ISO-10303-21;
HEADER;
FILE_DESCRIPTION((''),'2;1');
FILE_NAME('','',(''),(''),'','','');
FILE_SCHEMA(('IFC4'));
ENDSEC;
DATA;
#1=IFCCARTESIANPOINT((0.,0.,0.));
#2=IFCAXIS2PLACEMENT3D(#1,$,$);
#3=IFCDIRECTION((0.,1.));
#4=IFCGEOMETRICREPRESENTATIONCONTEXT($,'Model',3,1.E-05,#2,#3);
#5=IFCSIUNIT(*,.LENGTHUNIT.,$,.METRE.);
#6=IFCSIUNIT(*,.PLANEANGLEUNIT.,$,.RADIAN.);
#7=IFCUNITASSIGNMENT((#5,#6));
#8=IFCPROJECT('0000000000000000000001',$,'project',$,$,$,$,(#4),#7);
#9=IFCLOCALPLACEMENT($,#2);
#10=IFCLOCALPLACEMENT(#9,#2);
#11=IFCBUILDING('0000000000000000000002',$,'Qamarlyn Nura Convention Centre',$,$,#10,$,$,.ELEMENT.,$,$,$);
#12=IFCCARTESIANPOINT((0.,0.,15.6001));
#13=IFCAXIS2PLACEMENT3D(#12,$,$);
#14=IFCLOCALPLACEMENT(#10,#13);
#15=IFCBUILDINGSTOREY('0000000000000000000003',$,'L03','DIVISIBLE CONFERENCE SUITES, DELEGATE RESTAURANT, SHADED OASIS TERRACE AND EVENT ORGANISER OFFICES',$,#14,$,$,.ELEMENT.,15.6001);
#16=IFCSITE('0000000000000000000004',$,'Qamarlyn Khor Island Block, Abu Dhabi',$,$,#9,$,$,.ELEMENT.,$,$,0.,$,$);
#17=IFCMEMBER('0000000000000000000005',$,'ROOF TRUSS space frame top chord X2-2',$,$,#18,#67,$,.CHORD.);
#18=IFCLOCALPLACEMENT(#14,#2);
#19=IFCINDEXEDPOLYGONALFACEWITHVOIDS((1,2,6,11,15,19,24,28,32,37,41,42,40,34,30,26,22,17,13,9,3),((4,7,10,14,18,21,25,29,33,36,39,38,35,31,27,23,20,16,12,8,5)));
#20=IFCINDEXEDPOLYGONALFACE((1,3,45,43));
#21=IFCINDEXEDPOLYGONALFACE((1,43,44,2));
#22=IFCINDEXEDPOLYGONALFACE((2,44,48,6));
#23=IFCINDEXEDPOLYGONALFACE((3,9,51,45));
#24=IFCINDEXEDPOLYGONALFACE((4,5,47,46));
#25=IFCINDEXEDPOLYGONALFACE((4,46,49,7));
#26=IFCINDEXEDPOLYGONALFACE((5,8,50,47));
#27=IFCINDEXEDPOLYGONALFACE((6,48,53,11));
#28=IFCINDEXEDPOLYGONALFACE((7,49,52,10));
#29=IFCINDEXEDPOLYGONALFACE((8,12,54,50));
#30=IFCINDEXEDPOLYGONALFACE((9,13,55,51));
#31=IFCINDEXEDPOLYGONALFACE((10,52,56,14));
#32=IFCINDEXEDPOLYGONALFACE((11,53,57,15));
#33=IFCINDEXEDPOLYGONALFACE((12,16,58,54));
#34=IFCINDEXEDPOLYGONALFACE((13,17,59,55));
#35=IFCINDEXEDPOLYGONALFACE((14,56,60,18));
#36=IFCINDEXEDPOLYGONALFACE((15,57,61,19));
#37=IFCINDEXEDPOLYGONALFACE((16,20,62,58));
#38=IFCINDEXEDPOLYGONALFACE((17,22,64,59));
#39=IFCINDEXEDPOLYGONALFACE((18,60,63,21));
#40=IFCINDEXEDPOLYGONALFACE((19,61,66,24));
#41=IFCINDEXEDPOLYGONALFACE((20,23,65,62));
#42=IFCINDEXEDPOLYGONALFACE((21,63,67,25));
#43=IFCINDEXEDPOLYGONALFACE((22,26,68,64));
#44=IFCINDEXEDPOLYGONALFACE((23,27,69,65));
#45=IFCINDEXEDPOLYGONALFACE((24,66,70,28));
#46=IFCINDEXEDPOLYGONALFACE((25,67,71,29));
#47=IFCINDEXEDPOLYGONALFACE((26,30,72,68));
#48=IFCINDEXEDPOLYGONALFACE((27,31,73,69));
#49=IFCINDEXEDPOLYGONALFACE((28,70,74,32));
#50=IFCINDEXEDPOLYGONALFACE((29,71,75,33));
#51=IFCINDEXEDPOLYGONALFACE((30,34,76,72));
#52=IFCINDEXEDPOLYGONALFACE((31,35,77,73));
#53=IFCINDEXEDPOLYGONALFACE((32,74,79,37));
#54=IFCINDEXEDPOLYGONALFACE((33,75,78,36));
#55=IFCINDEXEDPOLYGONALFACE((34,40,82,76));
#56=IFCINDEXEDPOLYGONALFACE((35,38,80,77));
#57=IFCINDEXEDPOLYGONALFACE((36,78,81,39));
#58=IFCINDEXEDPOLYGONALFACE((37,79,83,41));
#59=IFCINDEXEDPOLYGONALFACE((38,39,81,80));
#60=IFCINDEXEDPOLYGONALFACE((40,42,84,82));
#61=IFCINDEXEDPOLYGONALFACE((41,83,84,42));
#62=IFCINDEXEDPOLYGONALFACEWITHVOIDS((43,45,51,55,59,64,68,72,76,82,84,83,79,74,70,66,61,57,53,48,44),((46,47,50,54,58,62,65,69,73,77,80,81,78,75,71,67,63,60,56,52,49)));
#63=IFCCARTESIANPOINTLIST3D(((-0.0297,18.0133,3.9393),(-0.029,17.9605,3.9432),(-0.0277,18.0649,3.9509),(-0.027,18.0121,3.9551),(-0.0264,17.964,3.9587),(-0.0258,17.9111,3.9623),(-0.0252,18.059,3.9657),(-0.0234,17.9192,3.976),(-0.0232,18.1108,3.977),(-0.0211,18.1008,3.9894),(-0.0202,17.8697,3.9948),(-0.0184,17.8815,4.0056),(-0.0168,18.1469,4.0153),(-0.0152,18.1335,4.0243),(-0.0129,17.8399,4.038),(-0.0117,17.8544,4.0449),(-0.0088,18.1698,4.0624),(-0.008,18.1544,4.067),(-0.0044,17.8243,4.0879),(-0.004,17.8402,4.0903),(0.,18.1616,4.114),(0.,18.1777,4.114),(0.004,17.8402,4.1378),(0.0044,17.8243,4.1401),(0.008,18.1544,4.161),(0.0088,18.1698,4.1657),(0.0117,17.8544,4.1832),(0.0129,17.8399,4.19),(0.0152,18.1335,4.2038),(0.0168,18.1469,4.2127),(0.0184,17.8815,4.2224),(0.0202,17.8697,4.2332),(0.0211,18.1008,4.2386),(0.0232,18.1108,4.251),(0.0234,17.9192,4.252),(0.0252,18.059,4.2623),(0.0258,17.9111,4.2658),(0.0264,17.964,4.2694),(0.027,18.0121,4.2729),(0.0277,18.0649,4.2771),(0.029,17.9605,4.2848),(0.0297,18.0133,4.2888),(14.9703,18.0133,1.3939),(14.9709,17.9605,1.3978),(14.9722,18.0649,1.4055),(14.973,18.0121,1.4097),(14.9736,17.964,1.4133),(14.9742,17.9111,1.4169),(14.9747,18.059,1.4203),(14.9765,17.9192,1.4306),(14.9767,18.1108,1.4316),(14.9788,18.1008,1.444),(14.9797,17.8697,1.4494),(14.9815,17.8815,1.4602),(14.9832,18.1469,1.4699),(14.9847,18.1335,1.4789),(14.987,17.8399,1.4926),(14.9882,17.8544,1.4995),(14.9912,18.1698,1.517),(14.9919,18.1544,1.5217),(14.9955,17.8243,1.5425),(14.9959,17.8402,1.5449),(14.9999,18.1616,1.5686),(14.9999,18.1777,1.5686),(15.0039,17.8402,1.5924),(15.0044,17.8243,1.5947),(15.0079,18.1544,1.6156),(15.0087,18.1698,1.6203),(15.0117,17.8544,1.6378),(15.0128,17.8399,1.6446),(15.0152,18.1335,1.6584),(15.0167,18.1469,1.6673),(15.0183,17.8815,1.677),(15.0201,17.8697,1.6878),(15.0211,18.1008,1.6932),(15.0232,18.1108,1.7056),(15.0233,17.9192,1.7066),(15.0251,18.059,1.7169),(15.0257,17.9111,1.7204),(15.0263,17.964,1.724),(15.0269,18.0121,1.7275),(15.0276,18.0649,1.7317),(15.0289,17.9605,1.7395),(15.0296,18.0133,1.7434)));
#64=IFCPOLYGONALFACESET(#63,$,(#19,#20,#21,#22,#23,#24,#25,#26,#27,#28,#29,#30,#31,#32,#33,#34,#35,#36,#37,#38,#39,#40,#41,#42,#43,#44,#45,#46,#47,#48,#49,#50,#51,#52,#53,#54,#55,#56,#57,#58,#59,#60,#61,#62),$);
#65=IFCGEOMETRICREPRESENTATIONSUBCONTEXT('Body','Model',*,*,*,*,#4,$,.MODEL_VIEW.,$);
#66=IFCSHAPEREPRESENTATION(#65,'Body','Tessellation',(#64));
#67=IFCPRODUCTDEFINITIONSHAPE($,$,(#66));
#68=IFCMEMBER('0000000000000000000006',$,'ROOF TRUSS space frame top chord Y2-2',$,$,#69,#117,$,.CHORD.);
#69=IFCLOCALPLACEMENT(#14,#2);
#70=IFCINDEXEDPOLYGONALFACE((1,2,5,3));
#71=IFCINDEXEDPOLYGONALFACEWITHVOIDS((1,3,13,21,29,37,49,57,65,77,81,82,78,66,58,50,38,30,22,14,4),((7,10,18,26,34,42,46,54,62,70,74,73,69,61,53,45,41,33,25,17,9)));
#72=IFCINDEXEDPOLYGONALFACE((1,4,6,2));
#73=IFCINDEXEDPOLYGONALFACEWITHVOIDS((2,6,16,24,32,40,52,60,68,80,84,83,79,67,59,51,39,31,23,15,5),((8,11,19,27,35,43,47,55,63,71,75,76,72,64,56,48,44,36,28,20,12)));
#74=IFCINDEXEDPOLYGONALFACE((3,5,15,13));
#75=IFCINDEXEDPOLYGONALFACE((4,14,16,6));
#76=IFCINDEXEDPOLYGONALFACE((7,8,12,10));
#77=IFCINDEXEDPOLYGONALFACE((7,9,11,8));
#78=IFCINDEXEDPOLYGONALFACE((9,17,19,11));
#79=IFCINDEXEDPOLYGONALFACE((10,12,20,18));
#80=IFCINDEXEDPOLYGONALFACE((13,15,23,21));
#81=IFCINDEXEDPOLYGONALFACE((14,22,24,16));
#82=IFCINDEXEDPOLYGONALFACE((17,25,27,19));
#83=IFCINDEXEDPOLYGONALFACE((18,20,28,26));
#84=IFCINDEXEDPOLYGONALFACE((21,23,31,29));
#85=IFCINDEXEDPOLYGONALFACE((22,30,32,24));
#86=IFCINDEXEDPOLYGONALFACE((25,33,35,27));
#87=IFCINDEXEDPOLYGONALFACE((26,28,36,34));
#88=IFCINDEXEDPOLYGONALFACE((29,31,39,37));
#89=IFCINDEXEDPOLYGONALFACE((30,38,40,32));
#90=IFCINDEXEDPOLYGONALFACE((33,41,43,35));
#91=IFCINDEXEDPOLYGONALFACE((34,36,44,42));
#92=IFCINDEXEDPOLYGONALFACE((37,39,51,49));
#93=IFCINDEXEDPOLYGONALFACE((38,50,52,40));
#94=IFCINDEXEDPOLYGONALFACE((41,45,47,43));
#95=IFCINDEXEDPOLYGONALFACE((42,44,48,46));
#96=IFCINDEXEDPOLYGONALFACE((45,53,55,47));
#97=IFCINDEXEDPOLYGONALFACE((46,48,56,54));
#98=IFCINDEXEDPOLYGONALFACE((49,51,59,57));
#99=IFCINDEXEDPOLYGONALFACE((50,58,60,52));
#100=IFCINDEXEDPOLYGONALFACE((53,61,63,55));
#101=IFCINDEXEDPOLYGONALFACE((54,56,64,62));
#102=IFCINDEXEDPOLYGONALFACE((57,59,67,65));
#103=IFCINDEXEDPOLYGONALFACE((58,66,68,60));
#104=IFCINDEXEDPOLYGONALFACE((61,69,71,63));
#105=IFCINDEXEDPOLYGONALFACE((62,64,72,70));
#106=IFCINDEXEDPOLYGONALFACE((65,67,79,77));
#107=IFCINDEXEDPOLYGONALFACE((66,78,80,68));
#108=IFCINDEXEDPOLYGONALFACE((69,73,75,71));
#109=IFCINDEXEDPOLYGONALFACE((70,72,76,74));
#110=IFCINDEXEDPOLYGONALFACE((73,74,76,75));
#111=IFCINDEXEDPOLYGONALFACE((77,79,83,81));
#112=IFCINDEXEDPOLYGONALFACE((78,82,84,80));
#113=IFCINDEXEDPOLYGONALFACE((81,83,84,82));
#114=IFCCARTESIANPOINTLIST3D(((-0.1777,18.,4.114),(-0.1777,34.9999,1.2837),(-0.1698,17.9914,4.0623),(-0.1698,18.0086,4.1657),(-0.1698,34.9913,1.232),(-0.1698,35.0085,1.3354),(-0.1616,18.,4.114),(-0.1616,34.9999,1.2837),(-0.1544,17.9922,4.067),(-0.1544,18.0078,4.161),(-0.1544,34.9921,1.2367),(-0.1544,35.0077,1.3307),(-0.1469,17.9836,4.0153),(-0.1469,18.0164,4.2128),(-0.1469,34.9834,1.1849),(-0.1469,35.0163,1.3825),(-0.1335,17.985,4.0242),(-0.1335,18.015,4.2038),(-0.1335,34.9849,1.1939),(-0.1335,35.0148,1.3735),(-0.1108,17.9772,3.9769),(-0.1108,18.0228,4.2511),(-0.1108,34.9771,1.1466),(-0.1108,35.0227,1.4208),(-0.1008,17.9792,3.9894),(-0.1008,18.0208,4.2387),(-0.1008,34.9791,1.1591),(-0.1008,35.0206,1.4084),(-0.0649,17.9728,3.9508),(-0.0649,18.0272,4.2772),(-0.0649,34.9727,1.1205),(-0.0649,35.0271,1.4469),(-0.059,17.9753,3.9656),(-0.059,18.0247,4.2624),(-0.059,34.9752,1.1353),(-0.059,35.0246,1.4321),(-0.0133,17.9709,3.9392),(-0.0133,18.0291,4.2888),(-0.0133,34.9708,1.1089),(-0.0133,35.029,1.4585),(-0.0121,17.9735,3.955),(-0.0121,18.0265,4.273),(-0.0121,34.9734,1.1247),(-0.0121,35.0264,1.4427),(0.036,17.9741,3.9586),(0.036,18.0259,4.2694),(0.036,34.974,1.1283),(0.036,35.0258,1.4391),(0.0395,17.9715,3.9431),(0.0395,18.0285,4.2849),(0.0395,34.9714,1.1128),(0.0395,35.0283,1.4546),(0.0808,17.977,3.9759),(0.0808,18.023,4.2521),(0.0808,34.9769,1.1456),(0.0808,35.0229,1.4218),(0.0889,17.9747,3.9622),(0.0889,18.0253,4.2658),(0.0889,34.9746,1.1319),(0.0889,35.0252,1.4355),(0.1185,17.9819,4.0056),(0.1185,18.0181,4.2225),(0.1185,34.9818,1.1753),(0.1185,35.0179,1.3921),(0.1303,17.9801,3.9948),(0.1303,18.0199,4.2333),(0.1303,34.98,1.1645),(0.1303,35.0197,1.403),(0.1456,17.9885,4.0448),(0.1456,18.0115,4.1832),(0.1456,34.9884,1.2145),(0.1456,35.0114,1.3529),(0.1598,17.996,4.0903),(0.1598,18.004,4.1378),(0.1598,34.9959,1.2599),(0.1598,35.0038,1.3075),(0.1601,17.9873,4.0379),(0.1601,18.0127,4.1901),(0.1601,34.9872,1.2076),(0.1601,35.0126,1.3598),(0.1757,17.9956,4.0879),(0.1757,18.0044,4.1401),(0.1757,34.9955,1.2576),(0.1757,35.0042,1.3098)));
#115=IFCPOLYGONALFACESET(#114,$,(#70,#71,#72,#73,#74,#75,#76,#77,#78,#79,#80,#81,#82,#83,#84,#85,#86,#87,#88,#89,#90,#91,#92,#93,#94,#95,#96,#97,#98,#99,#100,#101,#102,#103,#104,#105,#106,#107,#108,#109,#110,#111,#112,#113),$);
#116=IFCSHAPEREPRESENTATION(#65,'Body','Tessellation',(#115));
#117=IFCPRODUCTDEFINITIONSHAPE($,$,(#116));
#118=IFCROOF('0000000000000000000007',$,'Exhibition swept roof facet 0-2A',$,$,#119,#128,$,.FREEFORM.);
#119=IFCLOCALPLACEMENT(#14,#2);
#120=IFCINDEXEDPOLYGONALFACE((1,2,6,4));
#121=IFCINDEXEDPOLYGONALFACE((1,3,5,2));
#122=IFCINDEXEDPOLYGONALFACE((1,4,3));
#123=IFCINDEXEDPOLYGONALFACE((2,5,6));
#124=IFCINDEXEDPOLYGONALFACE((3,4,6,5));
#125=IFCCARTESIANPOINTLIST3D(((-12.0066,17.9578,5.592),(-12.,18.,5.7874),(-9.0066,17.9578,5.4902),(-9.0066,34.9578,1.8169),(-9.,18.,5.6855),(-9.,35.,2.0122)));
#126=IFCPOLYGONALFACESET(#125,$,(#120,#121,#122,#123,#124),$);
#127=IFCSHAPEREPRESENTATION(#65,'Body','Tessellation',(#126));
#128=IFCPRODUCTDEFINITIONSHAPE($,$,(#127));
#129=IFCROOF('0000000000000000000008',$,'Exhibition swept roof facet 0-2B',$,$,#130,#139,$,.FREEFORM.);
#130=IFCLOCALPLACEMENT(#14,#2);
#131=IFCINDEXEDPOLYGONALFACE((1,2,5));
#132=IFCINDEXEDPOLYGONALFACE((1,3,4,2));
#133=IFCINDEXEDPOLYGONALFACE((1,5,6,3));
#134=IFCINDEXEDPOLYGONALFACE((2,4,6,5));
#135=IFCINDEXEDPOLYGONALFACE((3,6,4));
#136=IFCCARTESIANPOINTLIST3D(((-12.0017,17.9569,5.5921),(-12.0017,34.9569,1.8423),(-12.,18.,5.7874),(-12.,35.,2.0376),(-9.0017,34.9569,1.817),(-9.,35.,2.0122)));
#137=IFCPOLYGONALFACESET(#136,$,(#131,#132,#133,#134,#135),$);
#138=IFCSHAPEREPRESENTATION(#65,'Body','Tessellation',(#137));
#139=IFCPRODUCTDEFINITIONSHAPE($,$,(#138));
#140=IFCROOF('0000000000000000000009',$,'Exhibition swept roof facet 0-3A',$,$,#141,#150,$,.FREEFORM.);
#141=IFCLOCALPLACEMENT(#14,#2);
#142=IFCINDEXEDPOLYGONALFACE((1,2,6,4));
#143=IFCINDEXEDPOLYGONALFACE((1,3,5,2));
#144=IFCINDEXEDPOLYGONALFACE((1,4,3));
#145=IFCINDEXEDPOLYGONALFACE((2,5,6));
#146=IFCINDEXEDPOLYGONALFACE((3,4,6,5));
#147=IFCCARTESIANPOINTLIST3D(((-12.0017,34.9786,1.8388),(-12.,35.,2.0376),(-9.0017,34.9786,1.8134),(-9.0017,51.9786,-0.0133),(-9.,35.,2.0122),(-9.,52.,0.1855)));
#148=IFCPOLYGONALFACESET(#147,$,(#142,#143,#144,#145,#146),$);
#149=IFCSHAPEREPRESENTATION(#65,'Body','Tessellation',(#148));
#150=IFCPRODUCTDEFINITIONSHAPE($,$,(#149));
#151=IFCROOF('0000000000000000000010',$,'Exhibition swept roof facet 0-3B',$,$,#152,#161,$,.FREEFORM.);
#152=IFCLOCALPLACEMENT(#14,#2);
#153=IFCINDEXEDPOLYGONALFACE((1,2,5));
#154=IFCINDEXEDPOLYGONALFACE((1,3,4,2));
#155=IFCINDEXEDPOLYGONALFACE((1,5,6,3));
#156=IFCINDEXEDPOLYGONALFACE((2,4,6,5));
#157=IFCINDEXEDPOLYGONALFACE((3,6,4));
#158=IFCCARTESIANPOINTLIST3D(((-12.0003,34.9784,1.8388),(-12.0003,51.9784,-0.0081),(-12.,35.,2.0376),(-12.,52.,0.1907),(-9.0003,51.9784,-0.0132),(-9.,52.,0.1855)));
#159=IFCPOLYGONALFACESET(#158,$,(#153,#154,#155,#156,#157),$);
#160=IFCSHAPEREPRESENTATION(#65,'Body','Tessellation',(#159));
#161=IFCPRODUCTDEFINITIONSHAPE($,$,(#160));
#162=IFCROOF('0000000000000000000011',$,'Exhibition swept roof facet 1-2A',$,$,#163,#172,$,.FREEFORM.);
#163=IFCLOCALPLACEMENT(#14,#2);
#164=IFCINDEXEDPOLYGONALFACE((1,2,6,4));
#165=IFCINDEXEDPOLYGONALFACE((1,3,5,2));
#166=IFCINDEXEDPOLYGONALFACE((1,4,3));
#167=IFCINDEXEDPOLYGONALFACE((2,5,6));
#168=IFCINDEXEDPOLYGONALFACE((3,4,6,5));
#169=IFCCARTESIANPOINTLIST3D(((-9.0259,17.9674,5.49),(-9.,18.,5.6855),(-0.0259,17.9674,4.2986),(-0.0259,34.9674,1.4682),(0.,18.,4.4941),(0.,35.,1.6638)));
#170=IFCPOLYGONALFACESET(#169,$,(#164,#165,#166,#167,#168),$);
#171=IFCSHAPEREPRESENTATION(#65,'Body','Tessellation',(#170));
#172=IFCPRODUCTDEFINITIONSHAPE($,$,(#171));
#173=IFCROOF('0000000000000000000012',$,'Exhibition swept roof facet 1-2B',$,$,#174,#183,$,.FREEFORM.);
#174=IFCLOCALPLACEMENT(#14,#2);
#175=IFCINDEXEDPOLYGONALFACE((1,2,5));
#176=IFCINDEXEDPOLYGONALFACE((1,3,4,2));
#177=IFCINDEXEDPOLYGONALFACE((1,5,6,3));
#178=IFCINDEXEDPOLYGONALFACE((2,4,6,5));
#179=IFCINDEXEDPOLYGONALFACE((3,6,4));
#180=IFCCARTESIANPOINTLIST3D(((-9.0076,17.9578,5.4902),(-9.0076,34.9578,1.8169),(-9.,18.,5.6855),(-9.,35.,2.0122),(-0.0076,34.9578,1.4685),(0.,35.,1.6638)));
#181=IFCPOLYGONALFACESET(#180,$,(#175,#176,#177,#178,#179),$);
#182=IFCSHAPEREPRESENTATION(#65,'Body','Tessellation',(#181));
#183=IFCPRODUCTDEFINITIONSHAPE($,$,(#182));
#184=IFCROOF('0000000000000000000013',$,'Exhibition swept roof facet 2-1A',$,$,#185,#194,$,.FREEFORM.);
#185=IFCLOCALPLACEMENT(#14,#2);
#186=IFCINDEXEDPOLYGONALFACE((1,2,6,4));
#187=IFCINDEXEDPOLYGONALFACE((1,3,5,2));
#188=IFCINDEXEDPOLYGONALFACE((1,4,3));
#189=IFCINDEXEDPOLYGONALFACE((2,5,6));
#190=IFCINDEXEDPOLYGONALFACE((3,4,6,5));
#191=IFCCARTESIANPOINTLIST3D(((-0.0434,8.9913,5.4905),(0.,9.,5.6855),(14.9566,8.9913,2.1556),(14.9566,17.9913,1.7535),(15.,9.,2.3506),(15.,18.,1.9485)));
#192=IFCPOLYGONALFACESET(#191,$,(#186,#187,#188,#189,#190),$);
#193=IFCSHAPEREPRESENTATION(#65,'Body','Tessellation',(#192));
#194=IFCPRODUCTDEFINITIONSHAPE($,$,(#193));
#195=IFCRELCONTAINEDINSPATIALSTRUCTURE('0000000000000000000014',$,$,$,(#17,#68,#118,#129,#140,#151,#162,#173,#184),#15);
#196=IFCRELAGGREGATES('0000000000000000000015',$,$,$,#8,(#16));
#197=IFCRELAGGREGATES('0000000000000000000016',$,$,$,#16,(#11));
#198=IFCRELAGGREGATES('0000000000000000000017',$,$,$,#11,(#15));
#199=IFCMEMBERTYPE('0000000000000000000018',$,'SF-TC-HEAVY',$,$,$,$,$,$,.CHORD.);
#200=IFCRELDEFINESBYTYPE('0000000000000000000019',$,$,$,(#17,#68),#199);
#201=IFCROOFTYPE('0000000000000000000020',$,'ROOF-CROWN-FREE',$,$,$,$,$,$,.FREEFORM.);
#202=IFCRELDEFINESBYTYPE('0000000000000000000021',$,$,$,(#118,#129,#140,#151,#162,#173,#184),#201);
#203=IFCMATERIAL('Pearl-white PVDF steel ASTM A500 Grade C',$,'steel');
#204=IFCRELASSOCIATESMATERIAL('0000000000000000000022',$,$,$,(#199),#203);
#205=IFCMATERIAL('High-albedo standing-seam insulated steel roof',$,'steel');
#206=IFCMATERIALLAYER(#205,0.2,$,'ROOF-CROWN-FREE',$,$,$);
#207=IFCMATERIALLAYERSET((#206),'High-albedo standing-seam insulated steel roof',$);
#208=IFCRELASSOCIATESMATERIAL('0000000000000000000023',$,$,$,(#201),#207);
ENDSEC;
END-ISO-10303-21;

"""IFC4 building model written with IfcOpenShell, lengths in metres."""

from ifc_helpers import new_model, si_unit, direction, frame, origin, origin_2d, place, context, subcontext, project, spatial, polyline, hollow_circle, outline, extrude, material, layer, layer_set, material_profile, profile_set, type_object, element, save


model = new_model("IFC4")

# Units and contexts
model_context = context("Model", 3, precision=1e-05, world=origin(), true_north=direction((0.0, 1.0)))
body_context = subcontext(model_context, "Body", "Model", "MODEL_VIEW")
ifc_project = project(units=[si_unit("LENGTHUNIT", "METRE"), si_unit("PLANEANGLEUNIT", "RADIAN")], contexts=[model_context])

# Site, building, storey
site_placement = place(None, origin())
site = spatial("IfcSite", under=ifc_project, at=site_placement, Name="Qamarlyn Khor Island Block, Abu Dhabi", CompositionType="ELEMENT", RefElevation=0.0)
building_placement = place(site_placement, origin())
building = spatial("IfcBuilding", under=site, at=building_placement, Name="Qamarlyn Nura Convention Centre", CompositionType="ELEMENT")
storey_placement = place(building_placement, frame((0.0, 0.0, 15.6001)))
storey = spatial("IfcBuildingStorey", under=building, at=storey_placement, Name="L03", Description="DIVISIBLE CONFERENCE SUITES, DELEGATE RESTAURANT, SHADED OASIS TERRACE AND EVENT ORGANISER OFFICES", CompositionType="ELEMENT", Elevation=15.6001)

# Members
ifc_material_1 = material(Name="Pearl-white PVDF steel ASTM A500 Grade C", Category="steel")
ifc_material_profile_1 = material_profile(ifc_material_1, hollow_circle(Radius=0.1777, WallThickness=0.0161, at=origin_2d()), Name="CHS355.6X16")
ifc_profile_set_1 = profile_set([ifc_material_profile_1], Name="Pearl-white PVDF steel ASTM A500 Grade C")
member_type_1 = type_object("IfcMemberType", Name="SF-TC-HEAVY", PredefinedType="CHORD", material=ifc_profile_set_1)
member_1_placement = place(storey_placement, frame((0.0, 18.0, 4.114), z_axis=(0.985906, 0.0, -0.167302), x_axis=(0.0, 1.0, 0.0)))
element("IfcMember", 1, at=member_1_placement, inside=storey, type_object=member_type_1, Name="ROOF TRUSS space frame top chord X2-2", PredefinedType="CHORD", context=body_context, shape_type="SweptSolid", body=[
    extrude(hollow_circle(Radius=0.1777, WallThickness=0.0161, at=origin_2d()), origin(), (0.0, 0.0, 1.0), 15.2144),
])
member_2_placement = place(storey_placement, frame((0.0, 18.0, 4.114), z_axis=(0.0, 0.986422, -0.164229), x_axis=(-1.0, 0.0, 0.0)))
element("IfcMember", 2, at=member_2_placement, inside=storey, type_object=member_type_1, Name="ROOF TRUSS space frame top chord Y2-2", PredefinedType="CHORD", context=body_context, shape_type="SweptSolid", body=[
    extrude(hollow_circle(Radius=0.1777, WallThickness=0.0161, at=origin_2d()), origin(), (0.0, 0.0, 1.0), 17.2339),
])

# Roofs
ifc_material_2 = material(Name="High-albedo standing-seam insulated steel roof", Category="steel")
ifc_layer = layer(ifc_material_2, 0.2, Name="ROOF-CROWN-FREE")
ifc_layer_set = layer_set([ifc_layer], Name="High-albedo standing-seam insulated steel roof")
roof_type = type_object("IfcRoofType", Name="ROOF-CROWN-FREE", PredefinedType="FREEFORM", material=ifc_layer_set)
roof_1_placement = place(storey_placement, frame((-12.0, 18.0, 5.7874), z_axis=(0.033152, 0.211088, 0.976905), x_axis=(0.999425, 0.0, -0.033916)))
element("IfcRoof", 3, at=roof_1_placement, inside=storey, type_object=roof_type, Name="Exhibition swept roof facet 0-2A", PredefinedType="FREEFORM", context=body_context, shape_type="SweptSolid", body=[
    extrude(outline(polyline([(0.0, 0.0), (3.0017, 0.0), (3.1263, 17.3919), (0.0, 0.0)])), origin(), (0.0, 0.0, -1.0), 0.2),
])
roof_2_placement = place(storey_placement, frame((-12.0, 18.0, 5.7874), z_axis=(0.008265, 0.215389, 0.976493), x_axis=(0.169773, 0.962047, -0.213639)))
element("IfcRoof", 4, at=roof_2_placement, inside=storey, type_object=roof_type, Name="Exhibition swept roof facet 0-2B", PredefinedType="FREEFORM", context=body_context, shape_type="SweptSolid", body=[
    extrude(outline(polyline([(0.0, 0.0), (17.6706, 0.0), (17.1559, 2.9556), (0.0, 0.0)])), origin(), (0.0, 0.0, -1.0), 0.2),
])
roof_3_placement = place(storey_placement, frame((-12.0, 35.0, 2.0376), z_axis=(0.008415, 0.106832, 0.994241), x_axis=(0.999964, 0.0, -0.008463)))
element("IfcRoof", 5, at=roof_3_placement, inside=storey, type_object=roof_type, Name="Exhibition swept roof facet 0-3A", PredefinedType="FREEFORM", context=body_context, shape_type="SweptSolid", body=[
    extrude(outline(polyline([(0.0, 0.0), (3.0001, 0.0), (3.0156, 17.0978), (0.0, 0.0)])), origin(), (0.0, 0.0, -1.0), 0.2),
])
roof_4_placement = place(storey_placement, frame((-12.0, 35.0, 2.0376), z_axis=(0.001699, 0.108007, 0.994149), x_axis=(0.172794, 0.979164, -0.106674)))
element("IfcRoof", 6, at=roof_4_placement, inside=storey, type_object=roof_type, Name="Exhibition swept roof facet 0-3B", PredefinedType="FREEFORM", context=body_context, shape_type="SweptSolid", body=[
    extrude(outline(polyline([(0.0, 0.0), (17.3617, 0.0), (16.8428, 2.9548), (0.0, 0.0)])), origin(), (0.0, 0.0, -1.0), 0.2),
])
roof_5_placement = place(storey_placement, frame((-9.0, 18.0, 5.6855), z_axis=(0.129482, 0.162846, 0.978118), x_axis=(0.991351, 0.0, -0.131234)))
element("IfcRoof", 7, at=roof_5_placement, inside=storey, type_object=roof_type, Name="Exhibition swept roof facet 1-2A", PredefinedType="FREEFORM", context=body_context, shape_type="SweptSolid", body=[
    extrude(outline(polyline([(0.0, 0.0), (9.0785, 0.0), (9.4499, 17.23), (0.0, 0.0)])), origin(), (0.0, 0.0, -1.0), 0.2),
])
roof_6_placement = place(storey_placement, frame((-9.0, 18.0, 5.6855), z_axis=(0.03781, 0.211053, 0.976743), x_axis=(0.457985, 0.865082, -0.204654)))
element("IfcRoof", 8, at=roof_6_placement, inside=storey, type_object=roof_type, Name="Exhibition swept roof facet 1-2B", PredefinedType="FREEFORM", context=body_context, shape_type="SweptSolid", body=[
    extrude(outline(polyline([(0.0, 0.0), (19.6513, 0.0), (15.4582, 7.9711), (0.0, 0.0)])), origin(), (0.0, 0.0, -1.0), 0.2),
])
roof_7_placement = place(storey_placement, frame((0.0, 9.0, 5.6855), z_axis=(0.216825, 0.043571, 0.975238), x_axis=(0.976165, 0.0, -0.217031)))
element("IfcRoof", 9, at=roof_7_placement, inside=storey, type_object=roof_type, Name="Exhibition swept roof facet 2-1A", PredefinedType="FREEFORM", context=body_context, shape_type="SweptSolid", body=[
    extrude(outline(polyline([(0.0, 0.0), (15.3663, 0.0), (15.4535, 9.0086), (0.0, 0.0)])), origin(), (0.0, 0.0, -1.0), 0.2),
])

save(model, "model.ifc")
